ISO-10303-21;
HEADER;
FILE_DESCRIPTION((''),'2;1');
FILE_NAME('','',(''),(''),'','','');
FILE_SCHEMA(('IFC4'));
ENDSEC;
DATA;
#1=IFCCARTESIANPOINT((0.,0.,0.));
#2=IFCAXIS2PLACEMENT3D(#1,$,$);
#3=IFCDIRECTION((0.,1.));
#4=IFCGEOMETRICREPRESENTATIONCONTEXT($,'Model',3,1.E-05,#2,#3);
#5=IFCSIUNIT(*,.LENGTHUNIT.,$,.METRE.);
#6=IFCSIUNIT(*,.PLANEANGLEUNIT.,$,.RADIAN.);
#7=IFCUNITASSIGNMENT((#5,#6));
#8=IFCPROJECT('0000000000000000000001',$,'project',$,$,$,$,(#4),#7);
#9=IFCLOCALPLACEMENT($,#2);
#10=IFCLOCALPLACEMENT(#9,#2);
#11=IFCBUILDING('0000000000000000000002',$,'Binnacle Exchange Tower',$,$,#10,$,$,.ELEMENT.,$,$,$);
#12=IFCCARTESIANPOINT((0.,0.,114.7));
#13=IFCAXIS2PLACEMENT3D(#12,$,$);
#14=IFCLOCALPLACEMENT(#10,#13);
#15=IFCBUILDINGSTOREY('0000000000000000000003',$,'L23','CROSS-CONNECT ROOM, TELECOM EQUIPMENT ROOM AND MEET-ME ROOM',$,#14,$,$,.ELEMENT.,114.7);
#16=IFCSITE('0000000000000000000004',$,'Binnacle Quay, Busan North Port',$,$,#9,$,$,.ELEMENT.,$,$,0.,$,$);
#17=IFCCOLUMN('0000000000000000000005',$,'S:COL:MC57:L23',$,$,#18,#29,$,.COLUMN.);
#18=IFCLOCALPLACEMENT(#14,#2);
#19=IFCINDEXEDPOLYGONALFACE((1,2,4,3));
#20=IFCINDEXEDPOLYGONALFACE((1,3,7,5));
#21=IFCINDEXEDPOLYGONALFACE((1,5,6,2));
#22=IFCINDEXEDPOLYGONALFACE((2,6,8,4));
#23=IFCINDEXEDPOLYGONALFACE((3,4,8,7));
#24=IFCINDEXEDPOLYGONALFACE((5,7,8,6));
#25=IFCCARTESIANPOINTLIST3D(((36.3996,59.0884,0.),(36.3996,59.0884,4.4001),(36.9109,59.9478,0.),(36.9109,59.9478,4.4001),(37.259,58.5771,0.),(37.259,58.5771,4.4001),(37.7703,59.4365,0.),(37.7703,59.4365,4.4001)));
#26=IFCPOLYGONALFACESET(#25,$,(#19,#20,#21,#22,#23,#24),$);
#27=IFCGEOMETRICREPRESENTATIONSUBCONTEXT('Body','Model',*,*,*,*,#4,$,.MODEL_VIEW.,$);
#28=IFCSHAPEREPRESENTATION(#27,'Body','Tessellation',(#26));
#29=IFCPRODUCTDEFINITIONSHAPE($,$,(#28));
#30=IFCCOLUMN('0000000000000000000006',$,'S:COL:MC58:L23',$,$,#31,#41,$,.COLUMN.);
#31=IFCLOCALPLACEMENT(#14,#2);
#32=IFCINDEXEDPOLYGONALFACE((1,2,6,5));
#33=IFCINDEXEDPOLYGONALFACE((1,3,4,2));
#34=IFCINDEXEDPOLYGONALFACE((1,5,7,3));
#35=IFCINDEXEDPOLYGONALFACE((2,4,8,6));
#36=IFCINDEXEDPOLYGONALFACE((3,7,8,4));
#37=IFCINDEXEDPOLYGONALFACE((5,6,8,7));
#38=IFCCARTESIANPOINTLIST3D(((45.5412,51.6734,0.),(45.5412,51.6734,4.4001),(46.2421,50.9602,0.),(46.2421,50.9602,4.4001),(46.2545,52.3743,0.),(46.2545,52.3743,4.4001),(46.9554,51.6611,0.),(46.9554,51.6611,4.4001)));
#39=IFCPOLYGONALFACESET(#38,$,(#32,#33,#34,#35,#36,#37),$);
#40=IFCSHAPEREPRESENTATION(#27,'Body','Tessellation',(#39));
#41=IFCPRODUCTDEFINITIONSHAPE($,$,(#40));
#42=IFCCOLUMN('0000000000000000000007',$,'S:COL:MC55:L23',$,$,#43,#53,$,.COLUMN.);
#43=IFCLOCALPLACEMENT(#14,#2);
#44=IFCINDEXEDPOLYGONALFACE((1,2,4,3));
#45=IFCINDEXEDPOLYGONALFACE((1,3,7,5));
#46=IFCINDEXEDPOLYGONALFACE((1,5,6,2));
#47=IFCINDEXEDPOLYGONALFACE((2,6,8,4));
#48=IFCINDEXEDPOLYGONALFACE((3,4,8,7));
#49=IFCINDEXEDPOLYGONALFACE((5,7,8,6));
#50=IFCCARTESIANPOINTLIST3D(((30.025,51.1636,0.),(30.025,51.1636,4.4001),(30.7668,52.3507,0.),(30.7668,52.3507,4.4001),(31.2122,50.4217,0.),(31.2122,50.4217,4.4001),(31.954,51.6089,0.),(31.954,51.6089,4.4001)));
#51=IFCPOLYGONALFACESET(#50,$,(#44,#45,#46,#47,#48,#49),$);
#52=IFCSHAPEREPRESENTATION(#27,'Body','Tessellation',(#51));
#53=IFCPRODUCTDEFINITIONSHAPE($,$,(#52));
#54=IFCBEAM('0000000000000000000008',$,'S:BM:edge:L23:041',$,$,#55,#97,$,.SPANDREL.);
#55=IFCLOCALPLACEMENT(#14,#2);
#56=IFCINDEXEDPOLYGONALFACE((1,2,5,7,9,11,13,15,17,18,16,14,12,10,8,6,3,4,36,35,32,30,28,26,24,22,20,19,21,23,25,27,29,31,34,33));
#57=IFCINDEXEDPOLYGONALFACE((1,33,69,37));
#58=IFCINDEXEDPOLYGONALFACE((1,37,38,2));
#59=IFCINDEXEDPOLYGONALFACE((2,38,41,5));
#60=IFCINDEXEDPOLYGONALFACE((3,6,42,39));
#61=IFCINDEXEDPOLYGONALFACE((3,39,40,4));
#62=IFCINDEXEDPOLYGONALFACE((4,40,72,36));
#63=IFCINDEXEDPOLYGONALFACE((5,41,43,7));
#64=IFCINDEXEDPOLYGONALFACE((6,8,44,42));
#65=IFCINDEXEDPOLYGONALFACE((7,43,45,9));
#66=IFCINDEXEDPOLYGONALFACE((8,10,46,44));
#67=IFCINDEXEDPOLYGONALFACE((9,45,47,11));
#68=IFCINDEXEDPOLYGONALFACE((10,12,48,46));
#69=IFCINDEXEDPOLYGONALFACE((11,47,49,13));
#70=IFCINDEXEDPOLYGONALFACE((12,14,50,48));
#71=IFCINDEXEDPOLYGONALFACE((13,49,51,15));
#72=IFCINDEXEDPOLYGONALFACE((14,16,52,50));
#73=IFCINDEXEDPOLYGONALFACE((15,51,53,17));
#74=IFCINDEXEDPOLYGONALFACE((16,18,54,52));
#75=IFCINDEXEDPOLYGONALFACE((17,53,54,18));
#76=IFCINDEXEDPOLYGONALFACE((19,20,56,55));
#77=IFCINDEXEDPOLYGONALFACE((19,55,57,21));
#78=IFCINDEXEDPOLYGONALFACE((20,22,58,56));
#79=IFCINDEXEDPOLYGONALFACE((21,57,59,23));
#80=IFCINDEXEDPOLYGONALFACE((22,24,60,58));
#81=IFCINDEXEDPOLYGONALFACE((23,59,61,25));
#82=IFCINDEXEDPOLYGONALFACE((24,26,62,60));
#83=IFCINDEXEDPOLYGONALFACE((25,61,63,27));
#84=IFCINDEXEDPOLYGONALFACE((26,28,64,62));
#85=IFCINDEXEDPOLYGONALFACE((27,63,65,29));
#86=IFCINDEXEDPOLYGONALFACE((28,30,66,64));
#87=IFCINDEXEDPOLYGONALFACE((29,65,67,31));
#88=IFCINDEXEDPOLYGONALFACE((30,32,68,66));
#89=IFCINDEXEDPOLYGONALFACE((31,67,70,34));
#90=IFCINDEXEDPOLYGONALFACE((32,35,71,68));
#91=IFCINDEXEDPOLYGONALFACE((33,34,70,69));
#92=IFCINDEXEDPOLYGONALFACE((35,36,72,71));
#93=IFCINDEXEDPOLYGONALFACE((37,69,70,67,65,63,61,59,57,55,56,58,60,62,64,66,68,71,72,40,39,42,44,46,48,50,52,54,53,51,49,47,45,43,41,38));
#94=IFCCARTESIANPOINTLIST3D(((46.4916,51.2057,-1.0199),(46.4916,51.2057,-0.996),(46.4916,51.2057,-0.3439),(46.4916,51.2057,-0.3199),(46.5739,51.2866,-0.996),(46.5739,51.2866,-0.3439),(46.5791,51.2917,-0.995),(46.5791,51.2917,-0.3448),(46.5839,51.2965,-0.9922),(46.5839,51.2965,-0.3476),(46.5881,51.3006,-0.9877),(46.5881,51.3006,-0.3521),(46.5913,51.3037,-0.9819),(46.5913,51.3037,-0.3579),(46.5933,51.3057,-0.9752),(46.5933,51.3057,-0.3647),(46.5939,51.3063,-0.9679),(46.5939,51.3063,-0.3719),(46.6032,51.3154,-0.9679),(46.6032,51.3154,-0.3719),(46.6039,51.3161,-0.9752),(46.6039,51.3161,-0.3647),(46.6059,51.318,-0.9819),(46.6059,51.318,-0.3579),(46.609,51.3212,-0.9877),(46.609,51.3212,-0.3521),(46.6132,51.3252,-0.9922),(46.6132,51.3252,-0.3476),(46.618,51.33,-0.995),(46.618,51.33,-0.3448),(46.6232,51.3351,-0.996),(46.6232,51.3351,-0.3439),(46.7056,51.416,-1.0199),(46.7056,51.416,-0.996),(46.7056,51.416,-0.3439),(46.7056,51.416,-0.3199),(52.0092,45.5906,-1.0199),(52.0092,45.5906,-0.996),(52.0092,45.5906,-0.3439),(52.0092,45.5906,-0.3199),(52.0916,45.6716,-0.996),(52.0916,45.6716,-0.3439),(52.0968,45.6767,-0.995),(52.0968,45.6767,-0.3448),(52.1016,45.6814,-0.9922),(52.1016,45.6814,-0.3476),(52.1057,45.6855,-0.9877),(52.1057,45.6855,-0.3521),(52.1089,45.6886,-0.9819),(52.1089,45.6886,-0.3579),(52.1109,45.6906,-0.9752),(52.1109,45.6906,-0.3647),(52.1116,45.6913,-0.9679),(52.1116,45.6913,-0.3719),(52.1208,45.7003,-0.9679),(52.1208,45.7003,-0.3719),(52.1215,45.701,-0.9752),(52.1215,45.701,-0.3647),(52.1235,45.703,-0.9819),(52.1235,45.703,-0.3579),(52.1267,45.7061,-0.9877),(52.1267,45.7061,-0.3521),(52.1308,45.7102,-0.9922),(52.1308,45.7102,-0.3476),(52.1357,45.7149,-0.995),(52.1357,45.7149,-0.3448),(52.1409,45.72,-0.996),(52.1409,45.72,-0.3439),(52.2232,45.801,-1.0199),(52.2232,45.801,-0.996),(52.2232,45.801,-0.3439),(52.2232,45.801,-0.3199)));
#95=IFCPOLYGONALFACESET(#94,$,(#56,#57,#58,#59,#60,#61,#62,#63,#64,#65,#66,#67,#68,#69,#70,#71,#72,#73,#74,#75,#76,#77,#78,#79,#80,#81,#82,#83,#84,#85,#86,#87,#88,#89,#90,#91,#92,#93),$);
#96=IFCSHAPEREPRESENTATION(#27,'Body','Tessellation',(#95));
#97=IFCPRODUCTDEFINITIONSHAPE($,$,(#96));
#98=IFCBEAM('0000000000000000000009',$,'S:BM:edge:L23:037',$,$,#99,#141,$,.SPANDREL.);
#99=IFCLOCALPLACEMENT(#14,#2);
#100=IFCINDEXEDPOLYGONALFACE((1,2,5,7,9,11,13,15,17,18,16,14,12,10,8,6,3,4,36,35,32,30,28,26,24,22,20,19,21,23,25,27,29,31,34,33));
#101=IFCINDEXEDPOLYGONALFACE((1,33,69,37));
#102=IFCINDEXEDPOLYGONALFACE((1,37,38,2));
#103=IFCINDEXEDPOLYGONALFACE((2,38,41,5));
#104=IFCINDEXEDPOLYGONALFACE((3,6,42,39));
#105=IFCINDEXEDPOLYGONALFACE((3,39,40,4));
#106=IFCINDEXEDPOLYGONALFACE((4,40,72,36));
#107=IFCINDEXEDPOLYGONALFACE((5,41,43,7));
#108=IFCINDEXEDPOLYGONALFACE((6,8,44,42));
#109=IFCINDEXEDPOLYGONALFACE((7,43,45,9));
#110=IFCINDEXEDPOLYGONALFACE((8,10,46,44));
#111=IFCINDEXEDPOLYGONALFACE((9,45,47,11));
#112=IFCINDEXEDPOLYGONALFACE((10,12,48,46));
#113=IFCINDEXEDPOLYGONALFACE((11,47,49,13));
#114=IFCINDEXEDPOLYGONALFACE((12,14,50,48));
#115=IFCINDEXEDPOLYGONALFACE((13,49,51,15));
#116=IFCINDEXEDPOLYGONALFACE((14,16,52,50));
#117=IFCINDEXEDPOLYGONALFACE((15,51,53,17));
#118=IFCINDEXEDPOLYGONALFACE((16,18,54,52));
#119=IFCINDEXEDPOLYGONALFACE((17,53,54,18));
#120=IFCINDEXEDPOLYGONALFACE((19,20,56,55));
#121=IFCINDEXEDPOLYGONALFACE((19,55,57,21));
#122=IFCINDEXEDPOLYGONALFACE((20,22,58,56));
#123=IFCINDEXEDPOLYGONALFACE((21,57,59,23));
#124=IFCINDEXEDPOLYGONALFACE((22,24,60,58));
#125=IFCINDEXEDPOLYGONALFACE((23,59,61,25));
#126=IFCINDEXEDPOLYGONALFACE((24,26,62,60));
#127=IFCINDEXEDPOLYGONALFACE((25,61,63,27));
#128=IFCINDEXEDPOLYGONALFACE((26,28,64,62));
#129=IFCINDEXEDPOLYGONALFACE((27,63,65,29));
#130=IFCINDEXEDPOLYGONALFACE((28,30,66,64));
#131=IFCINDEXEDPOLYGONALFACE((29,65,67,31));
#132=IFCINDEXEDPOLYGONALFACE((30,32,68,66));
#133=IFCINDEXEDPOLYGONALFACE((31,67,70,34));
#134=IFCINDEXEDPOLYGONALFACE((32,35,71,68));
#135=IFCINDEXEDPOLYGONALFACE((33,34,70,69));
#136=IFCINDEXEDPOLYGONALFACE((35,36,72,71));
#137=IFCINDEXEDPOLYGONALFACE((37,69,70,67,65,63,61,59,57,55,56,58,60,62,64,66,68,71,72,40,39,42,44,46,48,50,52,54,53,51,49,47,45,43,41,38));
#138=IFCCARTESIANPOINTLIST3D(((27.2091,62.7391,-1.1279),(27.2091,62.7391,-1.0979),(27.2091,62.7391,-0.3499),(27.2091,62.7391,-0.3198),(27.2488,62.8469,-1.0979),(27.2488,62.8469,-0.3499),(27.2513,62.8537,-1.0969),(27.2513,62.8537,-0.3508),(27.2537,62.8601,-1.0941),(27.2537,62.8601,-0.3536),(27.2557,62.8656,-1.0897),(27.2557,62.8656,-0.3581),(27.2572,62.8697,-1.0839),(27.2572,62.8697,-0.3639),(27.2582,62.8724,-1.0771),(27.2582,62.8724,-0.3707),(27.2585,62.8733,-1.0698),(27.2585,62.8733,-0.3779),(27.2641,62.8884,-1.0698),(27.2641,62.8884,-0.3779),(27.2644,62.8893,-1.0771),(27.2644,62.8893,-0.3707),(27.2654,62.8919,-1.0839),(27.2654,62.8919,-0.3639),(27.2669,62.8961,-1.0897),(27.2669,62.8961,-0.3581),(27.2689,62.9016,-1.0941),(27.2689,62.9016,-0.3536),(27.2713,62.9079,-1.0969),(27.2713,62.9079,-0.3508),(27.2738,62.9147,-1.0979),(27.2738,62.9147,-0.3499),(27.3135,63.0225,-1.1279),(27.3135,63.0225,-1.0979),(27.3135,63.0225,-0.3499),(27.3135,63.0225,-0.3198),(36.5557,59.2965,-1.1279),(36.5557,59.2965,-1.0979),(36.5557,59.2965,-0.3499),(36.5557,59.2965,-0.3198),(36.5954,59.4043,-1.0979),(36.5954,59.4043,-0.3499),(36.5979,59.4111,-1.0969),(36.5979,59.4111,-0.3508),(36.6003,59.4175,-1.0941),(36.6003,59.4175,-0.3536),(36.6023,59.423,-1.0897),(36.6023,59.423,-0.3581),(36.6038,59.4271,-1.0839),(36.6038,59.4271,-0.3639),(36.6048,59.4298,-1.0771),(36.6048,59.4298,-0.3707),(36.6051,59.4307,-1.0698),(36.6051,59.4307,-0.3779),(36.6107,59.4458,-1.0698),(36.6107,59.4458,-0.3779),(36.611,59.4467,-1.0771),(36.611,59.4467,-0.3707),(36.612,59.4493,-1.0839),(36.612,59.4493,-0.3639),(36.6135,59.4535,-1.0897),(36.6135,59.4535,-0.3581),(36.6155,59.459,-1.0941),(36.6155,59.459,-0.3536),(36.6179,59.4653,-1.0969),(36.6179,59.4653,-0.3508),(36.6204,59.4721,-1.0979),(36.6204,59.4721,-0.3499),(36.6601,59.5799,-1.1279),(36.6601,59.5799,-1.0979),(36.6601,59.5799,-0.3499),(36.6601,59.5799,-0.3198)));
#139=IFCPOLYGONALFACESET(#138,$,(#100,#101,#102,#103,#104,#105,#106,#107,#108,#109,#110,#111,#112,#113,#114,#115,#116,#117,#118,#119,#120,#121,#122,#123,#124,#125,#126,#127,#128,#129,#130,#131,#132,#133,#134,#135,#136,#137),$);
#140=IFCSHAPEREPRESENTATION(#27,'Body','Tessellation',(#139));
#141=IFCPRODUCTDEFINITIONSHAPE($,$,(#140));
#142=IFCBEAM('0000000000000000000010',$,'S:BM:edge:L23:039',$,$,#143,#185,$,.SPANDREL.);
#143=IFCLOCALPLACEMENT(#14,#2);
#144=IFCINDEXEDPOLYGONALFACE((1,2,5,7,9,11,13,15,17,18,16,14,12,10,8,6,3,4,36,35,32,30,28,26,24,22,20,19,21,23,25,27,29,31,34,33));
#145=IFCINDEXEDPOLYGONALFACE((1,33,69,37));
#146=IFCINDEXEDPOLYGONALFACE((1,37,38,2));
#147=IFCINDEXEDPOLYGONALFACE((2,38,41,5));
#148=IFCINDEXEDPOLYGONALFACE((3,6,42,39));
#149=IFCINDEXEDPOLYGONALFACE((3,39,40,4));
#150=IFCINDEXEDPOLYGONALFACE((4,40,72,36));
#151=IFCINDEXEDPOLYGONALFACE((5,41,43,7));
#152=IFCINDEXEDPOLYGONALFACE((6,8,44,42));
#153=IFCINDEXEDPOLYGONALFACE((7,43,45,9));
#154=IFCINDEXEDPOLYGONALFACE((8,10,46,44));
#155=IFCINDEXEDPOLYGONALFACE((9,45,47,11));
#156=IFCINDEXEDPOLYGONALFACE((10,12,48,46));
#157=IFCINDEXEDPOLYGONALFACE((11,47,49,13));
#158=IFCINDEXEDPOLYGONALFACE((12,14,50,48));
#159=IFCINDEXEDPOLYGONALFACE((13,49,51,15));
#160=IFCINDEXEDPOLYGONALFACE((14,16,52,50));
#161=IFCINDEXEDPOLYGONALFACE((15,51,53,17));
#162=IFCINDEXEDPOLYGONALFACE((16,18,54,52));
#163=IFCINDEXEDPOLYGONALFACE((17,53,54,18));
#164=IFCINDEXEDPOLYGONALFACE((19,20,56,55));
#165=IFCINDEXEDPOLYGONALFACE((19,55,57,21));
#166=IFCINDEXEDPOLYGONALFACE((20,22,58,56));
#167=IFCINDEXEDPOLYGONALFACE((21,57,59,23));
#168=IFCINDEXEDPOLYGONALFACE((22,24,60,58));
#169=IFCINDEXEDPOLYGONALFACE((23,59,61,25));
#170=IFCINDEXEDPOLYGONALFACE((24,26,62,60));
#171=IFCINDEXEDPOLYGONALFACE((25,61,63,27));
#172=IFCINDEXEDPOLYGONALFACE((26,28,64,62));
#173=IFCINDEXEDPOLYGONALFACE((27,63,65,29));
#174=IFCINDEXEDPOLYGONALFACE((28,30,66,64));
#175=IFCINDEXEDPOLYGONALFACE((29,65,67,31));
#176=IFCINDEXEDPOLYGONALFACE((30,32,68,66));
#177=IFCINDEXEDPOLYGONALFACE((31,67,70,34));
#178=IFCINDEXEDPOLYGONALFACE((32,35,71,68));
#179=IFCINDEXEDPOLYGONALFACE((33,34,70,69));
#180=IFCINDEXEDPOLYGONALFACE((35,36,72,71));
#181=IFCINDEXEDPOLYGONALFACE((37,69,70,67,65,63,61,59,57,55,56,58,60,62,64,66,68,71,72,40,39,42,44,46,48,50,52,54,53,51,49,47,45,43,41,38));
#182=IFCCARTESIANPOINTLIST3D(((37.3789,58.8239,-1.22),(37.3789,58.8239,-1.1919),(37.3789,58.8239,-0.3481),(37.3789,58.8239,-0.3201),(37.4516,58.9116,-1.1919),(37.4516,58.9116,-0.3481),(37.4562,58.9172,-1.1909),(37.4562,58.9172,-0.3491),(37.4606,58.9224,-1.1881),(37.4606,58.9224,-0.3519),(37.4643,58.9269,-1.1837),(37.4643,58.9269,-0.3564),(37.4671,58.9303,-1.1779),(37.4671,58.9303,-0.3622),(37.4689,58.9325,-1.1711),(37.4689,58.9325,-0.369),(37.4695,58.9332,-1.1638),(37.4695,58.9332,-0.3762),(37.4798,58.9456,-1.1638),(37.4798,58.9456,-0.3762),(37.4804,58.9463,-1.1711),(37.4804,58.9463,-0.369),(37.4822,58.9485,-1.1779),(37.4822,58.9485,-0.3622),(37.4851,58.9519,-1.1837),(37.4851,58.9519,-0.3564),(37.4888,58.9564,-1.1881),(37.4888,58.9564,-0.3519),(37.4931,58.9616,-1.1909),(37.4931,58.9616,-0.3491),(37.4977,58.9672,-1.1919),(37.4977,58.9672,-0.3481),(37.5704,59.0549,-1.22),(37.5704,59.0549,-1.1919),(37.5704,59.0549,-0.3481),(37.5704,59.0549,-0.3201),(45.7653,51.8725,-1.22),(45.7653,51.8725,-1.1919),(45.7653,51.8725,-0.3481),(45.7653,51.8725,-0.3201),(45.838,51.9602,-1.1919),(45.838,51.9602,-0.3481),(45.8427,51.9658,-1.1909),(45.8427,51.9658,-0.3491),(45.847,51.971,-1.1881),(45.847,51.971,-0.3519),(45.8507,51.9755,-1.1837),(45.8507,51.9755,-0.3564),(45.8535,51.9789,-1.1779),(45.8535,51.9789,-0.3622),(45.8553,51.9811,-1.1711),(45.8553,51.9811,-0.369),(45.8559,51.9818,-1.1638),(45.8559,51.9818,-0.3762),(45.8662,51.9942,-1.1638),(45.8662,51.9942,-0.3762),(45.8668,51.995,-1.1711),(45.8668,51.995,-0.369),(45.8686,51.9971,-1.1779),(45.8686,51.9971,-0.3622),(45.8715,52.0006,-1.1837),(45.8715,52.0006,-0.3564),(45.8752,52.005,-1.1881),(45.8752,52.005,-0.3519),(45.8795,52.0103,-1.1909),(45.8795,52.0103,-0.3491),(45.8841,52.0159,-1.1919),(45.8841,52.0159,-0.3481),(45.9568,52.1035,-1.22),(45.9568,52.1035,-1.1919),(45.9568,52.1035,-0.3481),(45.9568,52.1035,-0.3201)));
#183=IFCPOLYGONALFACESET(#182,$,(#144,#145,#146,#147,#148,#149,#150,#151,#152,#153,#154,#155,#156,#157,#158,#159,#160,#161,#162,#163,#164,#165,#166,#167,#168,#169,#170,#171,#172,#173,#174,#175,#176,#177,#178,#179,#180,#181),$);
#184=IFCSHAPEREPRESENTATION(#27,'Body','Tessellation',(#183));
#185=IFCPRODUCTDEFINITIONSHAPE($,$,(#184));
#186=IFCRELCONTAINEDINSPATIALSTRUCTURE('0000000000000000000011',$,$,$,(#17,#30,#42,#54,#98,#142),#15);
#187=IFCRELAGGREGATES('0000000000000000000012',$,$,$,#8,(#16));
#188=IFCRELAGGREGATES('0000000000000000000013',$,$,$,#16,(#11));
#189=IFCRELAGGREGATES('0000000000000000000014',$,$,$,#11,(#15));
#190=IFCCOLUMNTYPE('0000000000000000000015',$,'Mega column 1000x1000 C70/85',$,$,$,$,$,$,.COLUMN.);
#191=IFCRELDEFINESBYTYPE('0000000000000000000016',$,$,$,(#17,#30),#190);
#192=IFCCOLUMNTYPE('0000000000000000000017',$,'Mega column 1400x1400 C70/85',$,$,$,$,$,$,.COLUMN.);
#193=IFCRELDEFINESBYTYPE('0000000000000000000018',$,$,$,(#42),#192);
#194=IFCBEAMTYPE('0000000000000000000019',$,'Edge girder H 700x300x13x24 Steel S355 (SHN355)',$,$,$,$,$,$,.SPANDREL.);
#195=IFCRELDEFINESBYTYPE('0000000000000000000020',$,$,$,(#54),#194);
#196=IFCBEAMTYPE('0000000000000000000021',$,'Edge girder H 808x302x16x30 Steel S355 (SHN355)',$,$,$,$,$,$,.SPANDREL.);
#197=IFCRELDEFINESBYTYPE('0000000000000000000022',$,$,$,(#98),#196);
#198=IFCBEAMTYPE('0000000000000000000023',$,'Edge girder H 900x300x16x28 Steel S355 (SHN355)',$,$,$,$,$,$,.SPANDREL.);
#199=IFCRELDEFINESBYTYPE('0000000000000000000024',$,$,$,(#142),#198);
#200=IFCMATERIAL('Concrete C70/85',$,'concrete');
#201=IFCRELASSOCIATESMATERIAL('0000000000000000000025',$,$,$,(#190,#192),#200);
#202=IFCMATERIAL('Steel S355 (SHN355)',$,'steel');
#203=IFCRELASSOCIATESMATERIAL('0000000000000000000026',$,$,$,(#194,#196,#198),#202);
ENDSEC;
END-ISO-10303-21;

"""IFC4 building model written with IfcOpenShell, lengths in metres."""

from ifc_helpers import new_model, si_unit, direction, frame, origin, origin_2d, place, context, subcontext, project, spatial, rectangle, i_section, extrude, material, material_profile, profile_set, type_object, element, save


model = new_model("IFC4")

# Units and contexts
model_context = context("Model", 3, precision=1e-05, world=origin(), true_north=direction((0.0, 1.0)))
body_context = subcontext(model_context, "Body", "Model", "MODEL_VIEW")
ifc_project = project(units=[si_unit("LENGTHUNIT", "METRE"), si_unit("PLANEANGLEUNIT", "RADIAN")], contexts=[model_context])

# Site, building, storey
site_placement = place(None, origin())
site = spatial("IfcSite", under=ifc_project, at=site_placement, Name="Binnacle Quay, Busan North Port", CompositionType="ELEMENT", RefElevation=0.0)
building_placement = place(site_placement, origin())
building = spatial("IfcBuilding", under=site, at=building_placement, Name="Binnacle Exchange Tower", CompositionType="ELEMENT")
storey_placement = place(building_placement, frame((0.0, 0.0, 114.7)))
storey = spatial("IfcBuildingStorey", under=building, at=storey_placement, Name="L23", Description="CROSS-CONNECT ROOM, TELECOM EQUIPMENT ROOM AND MEET-ME ROOM", CompositionType="ELEMENT", Elevation=114.7)

# Columns
ifc_material_1 = material(Name="Concrete C70/85", Category="concrete")
ifc_material_profile_1 = material_profile(ifc_material_1, rectangle(XDim=1.0, YDim=1.0, at=origin_2d()), Name="Mega column 1000x1000 C70/85")
ifc_profile_set_1 = profile_set([ifc_material_profile_1], Name="Concrete C70/85")
column_type_1 = type_object("IfcColumnType", Name="Mega column 1000x1000 C70/85", PredefinedType="COLUMN", material=ifc_profile_set_1)
for number, where, z_axis, x_axis, name in (
    (1, (37.085, 59.2625, 0.0), (0.0, 0.0, 1.0), (-0.859406, 0.511293, 0.0), "S:COL:MC57:L23"),
    (2, (46.2483, 51.6672, 0.0), (0.0, 0.0, 1.0), (-0.700909, 0.71325, 0.0), "S:COL:MC58:L23"),
):
    element("IfcColumn", number, at=place(storey_placement, frame(where, z_axis=z_axis, x_axis=x_axis)), inside=storey, type_object=column_type_1, Name=name, PredefinedType="COLUMN", context=body_context, shape_type="SweptSolid", body=[
        extrude(rectangle(XDim=1.0, YDim=1.0, at=origin_2d()), origin(), (0.0, 0.0, 1.0), 4.4001),
    ])
ifc_material_profile_2 = material_profile(ifc_material_1, rectangle(XDim=1.3999, YDim=1.3999, at=origin_2d()), Name="Mega column 1400x1400 C70/85")
ifc_profile_set_2 = profile_set([ifc_material_profile_2], Name="Concrete C70/85")
column_type_2 = type_object("IfcColumnType", Name="Mega column 1400x1400 C70/85", PredefinedType="COLUMN", material=ifc_profile_set_2)
column_placement = place(storey_placement, frame((30.9895, 51.3862, 0.0), z_axis=(0.0, 0.0, 1.0), x_axis=(0.529919, 0.848048, 0.0)))
element("IfcColumn", 3, at=column_placement, inside=storey, type_object=column_type_2, Name="S:COL:MC55:L23", PredefinedType="COLUMN", context=body_context, shape_type="SweptSolid", body=[
    extrude(rectangle(XDim=1.3999, YDim=1.3999, at=origin_2d()), origin(), (0.0, 0.0, 1.0), 4.4001),
])

# Beams
ifc_material_2 = material(Name="Steel S355 (SHN355)", Category="steel")
ifc_material_profile_3 = material_profile(ifc_material_2, i_section(OverallWidth=0.3, OverallDepth=0.7, WebThickness=0.0129, FlangeThickness=0.0239, FilletRadius=0.0281, at=origin_2d()), Name="H 700x300x13x24")
ifc_profile_set_3 = profile_set([ifc_material_profile_3], Name="Steel S355 (SHN355)")
beam_type_1 = type_object("IfcBeamType", Name="Edge girder H 700x300x13x24 Steel S355 (SHN355)", PredefinedType="SPANDREL", material=ifc_profile_set_3)
beam_1_placement = place(storey_placement, frame((52.1162, 45.6958, -0.6699), z_axis=(-0.700893, 0.713267, 0.0), x_axis=(-0.713267, -0.700893, 0.0)))
element("IfcBeam", 4, at=beam_1_placement, inside=storey, type_object=beam_type_1, Name="S:BM:edge:L23:041", PredefinedType="SPANDREL", context=body_context, shape_type="SweptSolid", body=[
    extrude(i_section(OverallWidth=0.3, OverallDepth=0.7, WebThickness=0.0129, FlangeThickness=0.0239, FilletRadius=0.0281, at=origin_2d()), origin(), (0.0, 0.0, 1.0), 7.8723),
])
ifc_material_profile_4 = material_profile(ifc_material_2, i_section(OverallWidth=0.302, OverallDepth=0.8081, WebThickness=0.0161, FlangeThickness=0.03, FilletRadius=0.0281, at=origin_2d()), Name="H 808x302x16x30")
ifc_profile_set_4 = profile_set([ifc_material_profile_4], Name="Steel S355 (SHN355)")
beam_type_2 = type_object("IfcBeamType", Name="Edge girder H 808x302x16x30 Steel S355 (SHN355)", PredefinedType="SPANDREL", material=ifc_profile_set_4)
beam_2_placement = place(storey_placement, frame((36.6079, 59.4382, -0.7239), z_axis=(-0.938372, 0.345627, 0.0), x_axis=(-0.345627, -0.938372, 0.0)))
element("IfcBeam", 5, at=beam_2_placement, inside=storey, type_object=beam_type_2, Name="S:BM:edge:L23:037", PredefinedType="SPANDREL", context=body_context, shape_type="SweptSolid", body=[
    extrude(i_section(OverallWidth=0.302, OverallDepth=0.8081, WebThickness=0.0161, FlangeThickness=0.03, FilletRadius=0.0281, at=origin_2d()), origin(), (0.0, 0.0, 1.0), 9.9604),
])
ifc_material_profile_5 = material_profile(ifc_material_2, i_section(OverallWidth=0.3, OverallDepth=0.8999, WebThickness=0.0161, FlangeThickness=0.0281, FilletRadius=0.0281, at=origin_2d()), Name="H 900x300x16x28")
ifc_profile_set_5 = profile_set([ifc_material_profile_5], Name="Steel S355 (SHN355)")
beam_type_3 = type_object("IfcBeamType", Name="Edge girder H 900x300x16x28 Steel S355 (SHN355)", PredefinedType="SPANDREL", material=ifc_profile_set_5)
beam_3_placement = place(storey_placement, frame((45.8611, 51.988, -0.77), z_axis=(-0.769903, 0.638161, 0.0), x_axis=(-0.638161, -0.769903, 0.0)))
element("IfcBeam", 6, at=beam_3_placement, inside=storey, type_object=beam_type_3, Name="S:BM:edge:L23:039", PredefinedType="SPANDREL", context=body_context, shape_type="SweptSolid", body=[
    extrude(i_section(OverallWidth=0.3, OverallDepth=0.8999, WebThickness=0.0161, FlangeThickness=0.0281, FilletRadius=0.0281, at=origin_2d()), origin(), (0.0, 0.0, 1.0), 10.8928),
])

save(model, "model.ifc")
